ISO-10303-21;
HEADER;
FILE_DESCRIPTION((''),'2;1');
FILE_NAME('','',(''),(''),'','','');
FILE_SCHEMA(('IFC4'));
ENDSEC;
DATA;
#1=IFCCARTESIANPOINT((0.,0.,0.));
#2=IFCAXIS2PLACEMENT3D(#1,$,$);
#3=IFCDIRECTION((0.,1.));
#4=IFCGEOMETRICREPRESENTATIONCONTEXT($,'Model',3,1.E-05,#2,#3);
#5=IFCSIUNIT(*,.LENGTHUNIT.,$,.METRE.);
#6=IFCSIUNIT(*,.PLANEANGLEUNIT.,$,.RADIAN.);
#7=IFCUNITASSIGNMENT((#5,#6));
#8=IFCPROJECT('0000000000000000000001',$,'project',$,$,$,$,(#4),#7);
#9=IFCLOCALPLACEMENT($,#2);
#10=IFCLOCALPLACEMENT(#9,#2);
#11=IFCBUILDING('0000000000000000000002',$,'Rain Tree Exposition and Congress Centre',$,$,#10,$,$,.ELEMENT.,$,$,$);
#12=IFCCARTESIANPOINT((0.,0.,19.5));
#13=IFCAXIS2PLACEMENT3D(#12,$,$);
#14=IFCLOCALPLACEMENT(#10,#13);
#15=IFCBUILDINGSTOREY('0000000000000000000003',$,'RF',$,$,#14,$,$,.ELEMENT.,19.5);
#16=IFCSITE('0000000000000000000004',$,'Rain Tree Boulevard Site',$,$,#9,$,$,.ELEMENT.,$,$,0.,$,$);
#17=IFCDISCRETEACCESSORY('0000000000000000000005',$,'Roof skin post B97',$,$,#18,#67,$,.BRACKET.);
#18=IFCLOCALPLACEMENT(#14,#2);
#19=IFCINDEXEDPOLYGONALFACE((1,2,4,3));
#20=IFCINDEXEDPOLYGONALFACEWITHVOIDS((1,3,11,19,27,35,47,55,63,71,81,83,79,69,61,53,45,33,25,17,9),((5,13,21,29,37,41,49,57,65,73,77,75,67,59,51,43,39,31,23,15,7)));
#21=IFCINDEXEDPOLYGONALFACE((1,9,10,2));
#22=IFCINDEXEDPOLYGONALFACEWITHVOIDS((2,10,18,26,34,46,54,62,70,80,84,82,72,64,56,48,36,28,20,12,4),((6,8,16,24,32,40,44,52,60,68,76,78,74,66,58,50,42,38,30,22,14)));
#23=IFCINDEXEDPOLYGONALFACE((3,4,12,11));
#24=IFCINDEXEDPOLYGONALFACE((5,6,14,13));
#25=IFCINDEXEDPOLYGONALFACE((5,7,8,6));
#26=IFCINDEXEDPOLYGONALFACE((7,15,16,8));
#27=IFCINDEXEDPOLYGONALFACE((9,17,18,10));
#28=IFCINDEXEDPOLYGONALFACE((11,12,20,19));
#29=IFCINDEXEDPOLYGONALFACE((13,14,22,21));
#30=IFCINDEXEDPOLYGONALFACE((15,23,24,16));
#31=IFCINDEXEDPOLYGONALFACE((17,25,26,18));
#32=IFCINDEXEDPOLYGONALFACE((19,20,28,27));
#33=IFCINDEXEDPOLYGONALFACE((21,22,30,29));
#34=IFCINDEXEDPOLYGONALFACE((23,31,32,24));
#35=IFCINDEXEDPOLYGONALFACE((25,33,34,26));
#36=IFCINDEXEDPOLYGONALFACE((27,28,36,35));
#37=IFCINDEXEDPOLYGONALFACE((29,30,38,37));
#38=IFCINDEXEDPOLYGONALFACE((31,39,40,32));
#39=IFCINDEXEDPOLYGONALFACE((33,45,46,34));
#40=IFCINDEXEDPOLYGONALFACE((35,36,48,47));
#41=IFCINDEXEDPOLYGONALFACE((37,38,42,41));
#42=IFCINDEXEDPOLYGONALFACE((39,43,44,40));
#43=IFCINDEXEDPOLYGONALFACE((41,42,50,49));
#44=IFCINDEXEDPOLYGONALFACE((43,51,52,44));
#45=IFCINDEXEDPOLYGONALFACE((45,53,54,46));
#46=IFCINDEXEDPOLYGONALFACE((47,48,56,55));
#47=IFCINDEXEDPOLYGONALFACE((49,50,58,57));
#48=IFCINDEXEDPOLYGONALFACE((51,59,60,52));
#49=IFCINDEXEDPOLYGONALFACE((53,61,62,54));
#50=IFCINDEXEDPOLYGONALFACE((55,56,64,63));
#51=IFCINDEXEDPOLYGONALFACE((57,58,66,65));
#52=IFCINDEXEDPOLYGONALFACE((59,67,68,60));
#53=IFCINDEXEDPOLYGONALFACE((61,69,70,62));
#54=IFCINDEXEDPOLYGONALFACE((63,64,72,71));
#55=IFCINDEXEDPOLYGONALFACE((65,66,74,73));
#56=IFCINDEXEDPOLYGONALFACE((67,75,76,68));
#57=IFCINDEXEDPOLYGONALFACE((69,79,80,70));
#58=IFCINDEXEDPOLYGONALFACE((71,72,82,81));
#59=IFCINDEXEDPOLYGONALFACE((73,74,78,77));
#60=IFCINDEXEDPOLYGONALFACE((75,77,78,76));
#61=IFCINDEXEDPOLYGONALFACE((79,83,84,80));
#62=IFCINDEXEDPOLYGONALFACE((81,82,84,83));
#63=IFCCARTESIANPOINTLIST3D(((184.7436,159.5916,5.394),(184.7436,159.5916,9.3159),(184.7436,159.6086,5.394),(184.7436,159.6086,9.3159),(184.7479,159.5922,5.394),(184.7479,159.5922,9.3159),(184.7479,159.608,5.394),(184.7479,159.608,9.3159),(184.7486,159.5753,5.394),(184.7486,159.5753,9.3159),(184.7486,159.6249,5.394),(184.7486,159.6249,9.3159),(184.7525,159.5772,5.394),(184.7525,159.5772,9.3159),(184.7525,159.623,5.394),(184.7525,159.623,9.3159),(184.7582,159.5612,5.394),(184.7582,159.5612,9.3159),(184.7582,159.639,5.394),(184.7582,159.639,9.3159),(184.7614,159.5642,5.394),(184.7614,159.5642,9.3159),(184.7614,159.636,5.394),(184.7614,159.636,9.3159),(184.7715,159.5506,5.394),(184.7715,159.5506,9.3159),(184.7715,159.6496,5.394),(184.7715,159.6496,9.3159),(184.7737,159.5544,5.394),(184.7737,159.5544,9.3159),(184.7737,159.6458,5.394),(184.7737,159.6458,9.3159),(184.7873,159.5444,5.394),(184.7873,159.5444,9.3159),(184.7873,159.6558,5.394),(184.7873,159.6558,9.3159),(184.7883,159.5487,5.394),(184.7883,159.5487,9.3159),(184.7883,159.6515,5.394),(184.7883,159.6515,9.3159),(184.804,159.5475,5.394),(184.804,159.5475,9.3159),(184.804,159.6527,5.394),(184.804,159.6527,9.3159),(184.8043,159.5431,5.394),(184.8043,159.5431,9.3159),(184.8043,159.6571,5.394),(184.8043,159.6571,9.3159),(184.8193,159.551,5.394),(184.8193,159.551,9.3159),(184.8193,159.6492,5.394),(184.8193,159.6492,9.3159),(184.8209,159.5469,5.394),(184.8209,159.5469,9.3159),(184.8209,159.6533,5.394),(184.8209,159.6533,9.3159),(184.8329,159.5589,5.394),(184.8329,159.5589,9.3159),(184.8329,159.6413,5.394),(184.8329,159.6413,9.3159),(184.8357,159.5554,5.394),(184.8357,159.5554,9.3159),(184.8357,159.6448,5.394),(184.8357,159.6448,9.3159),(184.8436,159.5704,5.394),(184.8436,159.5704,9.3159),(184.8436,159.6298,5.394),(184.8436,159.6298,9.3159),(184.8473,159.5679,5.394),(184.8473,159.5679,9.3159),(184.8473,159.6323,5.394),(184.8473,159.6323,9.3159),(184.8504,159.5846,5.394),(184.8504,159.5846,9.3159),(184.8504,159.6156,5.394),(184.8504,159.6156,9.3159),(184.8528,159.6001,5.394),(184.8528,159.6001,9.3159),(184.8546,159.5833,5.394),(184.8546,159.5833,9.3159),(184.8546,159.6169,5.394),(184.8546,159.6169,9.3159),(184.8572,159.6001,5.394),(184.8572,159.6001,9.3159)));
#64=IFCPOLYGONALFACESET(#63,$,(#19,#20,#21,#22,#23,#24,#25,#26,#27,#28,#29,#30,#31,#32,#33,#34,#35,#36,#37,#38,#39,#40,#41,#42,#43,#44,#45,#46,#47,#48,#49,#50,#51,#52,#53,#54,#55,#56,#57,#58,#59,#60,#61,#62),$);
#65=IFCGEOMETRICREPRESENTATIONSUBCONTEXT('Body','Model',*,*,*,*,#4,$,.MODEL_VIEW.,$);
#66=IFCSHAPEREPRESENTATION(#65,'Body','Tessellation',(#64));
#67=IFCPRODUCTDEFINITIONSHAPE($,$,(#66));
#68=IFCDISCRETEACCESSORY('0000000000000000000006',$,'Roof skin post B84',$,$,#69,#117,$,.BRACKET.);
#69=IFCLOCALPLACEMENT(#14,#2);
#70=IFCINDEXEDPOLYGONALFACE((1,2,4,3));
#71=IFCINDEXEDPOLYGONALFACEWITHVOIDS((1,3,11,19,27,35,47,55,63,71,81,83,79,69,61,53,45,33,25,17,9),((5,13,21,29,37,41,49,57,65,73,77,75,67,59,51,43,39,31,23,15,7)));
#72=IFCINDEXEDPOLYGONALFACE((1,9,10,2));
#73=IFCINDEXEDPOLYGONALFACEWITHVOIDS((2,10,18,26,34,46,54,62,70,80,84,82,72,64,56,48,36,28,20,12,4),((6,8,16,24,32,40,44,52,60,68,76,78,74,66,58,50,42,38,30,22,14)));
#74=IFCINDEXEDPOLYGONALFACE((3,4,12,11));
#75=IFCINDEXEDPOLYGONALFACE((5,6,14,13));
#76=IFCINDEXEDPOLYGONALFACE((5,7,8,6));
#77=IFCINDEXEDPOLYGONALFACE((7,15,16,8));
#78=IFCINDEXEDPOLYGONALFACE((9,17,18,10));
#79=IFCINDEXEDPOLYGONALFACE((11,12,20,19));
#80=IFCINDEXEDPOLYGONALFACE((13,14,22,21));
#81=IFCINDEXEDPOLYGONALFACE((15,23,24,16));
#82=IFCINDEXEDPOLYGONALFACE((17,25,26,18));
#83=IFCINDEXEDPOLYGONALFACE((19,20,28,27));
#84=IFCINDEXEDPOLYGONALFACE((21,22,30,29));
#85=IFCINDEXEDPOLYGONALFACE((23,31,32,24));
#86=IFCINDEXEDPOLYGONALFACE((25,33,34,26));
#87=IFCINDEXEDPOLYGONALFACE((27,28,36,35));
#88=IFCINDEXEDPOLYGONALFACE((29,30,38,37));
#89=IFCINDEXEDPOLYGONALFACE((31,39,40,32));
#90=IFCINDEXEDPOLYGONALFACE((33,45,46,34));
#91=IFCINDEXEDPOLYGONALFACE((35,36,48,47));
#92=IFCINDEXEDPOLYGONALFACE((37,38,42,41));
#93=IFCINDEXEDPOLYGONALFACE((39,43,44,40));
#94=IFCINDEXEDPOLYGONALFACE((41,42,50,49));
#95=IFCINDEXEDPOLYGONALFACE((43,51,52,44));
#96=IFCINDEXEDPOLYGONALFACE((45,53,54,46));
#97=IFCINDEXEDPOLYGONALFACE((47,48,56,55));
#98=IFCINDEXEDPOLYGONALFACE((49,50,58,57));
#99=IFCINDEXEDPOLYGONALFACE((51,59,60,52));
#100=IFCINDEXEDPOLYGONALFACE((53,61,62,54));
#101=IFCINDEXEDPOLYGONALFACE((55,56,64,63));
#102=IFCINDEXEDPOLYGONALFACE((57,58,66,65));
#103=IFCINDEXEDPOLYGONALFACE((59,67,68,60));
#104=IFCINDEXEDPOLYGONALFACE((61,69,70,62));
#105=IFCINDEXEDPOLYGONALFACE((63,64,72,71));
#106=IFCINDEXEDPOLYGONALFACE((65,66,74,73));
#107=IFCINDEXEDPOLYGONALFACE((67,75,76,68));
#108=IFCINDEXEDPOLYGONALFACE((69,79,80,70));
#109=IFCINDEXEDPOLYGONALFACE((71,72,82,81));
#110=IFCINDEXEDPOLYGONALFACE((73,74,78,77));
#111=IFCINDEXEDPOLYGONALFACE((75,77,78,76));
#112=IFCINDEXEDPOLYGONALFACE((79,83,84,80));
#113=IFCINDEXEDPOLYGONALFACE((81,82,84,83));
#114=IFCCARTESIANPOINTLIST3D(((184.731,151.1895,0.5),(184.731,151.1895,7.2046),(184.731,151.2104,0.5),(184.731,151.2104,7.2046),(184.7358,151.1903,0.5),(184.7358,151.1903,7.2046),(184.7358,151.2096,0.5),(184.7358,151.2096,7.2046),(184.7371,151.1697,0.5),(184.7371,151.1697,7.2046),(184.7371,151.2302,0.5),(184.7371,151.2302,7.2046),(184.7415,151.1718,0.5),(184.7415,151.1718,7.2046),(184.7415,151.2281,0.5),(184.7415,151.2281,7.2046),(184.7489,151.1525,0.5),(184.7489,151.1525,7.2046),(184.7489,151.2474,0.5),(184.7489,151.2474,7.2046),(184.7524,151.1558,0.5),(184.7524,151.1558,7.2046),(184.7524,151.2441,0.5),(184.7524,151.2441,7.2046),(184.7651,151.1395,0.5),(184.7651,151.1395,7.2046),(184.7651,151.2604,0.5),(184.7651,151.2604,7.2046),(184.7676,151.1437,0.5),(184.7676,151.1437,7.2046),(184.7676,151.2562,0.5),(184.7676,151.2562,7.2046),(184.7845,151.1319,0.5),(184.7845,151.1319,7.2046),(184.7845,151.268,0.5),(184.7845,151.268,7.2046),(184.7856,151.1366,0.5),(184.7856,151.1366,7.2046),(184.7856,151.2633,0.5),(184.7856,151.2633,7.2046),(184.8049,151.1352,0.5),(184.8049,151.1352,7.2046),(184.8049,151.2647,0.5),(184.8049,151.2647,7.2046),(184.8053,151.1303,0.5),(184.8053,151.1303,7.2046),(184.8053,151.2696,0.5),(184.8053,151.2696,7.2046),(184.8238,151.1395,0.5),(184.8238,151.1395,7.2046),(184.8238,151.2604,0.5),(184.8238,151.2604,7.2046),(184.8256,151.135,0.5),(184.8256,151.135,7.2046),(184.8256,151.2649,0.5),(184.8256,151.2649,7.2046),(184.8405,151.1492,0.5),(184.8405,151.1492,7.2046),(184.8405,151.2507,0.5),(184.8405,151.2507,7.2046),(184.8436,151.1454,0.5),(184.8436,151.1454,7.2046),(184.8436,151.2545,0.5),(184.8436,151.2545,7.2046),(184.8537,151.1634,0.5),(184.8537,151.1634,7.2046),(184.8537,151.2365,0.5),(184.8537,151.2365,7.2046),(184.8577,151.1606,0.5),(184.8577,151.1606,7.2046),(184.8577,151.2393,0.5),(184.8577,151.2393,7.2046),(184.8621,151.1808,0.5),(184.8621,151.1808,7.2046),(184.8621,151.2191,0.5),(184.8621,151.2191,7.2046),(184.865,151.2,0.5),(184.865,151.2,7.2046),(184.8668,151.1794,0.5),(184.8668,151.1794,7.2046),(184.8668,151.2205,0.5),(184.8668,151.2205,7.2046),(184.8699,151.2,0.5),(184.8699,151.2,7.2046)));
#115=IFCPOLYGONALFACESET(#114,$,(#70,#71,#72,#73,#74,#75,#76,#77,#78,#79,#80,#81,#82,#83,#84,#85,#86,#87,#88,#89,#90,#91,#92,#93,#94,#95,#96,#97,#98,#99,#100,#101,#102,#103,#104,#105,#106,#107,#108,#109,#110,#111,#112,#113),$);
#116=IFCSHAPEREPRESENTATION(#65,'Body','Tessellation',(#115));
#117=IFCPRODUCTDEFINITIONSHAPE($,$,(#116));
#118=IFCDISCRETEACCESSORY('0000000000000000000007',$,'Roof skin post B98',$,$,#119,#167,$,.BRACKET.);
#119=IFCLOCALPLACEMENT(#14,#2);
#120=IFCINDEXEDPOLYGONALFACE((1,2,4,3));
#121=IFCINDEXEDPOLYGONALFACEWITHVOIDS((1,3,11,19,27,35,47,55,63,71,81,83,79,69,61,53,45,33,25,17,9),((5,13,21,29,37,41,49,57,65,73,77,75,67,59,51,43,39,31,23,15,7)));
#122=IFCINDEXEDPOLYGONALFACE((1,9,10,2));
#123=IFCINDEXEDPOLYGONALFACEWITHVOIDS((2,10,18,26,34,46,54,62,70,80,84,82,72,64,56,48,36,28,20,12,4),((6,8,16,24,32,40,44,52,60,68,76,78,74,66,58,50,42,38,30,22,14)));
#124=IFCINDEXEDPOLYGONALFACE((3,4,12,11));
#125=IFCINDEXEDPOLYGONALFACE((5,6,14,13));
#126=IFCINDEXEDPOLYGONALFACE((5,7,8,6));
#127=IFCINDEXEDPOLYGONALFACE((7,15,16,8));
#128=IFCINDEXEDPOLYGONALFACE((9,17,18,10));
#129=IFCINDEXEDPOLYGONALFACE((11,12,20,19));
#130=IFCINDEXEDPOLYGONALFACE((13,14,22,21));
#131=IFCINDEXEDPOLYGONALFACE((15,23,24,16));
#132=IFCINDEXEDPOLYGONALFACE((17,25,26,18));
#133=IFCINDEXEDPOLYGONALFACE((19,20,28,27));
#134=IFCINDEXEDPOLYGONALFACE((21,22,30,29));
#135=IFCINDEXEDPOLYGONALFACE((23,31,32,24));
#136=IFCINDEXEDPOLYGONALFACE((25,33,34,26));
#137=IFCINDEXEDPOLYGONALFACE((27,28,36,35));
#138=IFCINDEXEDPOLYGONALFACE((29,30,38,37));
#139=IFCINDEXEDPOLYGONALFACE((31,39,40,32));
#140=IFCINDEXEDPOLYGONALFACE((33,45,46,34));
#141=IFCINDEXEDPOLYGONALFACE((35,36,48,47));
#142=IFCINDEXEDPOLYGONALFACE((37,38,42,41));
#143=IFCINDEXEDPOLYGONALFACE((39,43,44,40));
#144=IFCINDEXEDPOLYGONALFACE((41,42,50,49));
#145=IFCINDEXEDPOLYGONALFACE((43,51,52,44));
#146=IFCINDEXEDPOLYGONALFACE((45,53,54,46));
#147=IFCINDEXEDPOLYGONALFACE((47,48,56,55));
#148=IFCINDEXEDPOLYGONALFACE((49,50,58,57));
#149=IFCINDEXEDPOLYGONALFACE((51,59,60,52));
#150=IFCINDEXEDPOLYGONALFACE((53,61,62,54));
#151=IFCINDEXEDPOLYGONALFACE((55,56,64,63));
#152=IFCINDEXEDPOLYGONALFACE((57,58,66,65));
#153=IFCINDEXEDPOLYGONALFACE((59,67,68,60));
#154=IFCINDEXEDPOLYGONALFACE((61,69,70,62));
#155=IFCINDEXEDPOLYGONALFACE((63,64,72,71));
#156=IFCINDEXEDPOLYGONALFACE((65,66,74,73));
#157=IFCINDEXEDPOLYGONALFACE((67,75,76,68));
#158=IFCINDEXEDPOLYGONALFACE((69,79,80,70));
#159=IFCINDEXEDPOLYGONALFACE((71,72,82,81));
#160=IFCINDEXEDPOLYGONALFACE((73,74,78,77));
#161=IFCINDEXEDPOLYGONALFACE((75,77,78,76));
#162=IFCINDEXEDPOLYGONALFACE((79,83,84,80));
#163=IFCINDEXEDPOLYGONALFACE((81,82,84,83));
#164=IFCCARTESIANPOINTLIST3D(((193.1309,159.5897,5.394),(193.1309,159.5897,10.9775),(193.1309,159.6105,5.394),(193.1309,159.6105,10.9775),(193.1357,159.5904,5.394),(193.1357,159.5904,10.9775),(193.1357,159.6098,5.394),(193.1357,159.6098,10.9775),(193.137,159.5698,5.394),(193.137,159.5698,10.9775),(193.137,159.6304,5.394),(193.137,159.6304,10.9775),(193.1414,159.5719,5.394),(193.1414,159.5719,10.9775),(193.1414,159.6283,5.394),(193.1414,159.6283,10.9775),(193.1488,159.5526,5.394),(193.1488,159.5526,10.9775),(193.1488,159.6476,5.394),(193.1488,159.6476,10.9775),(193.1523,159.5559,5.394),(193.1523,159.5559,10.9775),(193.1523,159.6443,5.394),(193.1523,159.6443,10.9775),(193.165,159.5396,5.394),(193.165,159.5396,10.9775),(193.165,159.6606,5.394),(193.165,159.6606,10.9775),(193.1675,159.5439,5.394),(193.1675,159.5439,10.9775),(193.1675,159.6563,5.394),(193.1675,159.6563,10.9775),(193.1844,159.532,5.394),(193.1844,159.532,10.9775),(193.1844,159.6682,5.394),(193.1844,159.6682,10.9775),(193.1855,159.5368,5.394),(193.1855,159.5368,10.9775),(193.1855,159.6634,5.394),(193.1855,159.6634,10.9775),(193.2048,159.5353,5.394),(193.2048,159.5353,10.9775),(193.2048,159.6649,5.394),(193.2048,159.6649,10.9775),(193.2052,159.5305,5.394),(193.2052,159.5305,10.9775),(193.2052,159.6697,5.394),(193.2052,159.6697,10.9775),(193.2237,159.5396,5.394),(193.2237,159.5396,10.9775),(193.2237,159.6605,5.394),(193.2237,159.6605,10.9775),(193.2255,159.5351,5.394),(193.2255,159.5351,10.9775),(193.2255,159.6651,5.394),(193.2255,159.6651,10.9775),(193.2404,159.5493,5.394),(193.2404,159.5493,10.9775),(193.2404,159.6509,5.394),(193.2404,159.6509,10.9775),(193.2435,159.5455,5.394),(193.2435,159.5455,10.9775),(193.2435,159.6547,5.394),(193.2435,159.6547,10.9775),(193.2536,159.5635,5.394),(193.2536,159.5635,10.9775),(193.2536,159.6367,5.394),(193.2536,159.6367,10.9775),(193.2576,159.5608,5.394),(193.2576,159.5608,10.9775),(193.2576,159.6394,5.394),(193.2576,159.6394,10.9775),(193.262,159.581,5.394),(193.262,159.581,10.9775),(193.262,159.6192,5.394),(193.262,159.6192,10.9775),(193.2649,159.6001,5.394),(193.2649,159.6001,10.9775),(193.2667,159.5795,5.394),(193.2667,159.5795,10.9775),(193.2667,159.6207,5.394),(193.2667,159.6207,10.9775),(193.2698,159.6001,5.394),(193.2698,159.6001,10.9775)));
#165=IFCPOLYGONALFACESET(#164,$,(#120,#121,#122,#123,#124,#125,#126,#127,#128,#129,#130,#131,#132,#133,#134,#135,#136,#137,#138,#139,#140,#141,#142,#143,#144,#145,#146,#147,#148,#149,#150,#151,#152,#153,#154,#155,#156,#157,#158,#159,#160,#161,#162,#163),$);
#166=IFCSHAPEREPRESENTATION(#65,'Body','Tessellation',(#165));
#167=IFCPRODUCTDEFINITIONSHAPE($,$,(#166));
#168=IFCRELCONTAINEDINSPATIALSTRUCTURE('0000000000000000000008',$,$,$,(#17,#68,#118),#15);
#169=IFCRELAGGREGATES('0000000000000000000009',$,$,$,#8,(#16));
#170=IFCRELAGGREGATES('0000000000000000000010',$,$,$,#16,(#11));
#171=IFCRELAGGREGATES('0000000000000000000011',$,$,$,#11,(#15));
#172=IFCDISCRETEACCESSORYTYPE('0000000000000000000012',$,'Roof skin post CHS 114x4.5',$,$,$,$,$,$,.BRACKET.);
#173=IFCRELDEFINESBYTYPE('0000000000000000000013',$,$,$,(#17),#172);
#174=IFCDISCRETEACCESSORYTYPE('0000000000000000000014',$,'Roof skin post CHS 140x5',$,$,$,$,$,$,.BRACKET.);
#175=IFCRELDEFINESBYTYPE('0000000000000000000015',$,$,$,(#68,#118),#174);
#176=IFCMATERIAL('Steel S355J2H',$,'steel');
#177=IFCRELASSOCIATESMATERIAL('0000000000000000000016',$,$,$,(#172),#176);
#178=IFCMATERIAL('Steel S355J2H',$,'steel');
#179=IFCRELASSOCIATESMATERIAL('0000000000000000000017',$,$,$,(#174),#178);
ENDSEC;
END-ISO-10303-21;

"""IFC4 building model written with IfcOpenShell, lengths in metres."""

from ifc_helpers import new_model, si_unit, direction, frame, origin, origin_2d, place, context, subcontext, project, spatial, hollow_circle, extrude, material, material_profile, profile_set, type_object, element, save


model = new_model("IFC4")

# Units and contexts
model_context = context("Model", 3, precision=1e-05, world=origin(), true_north=direction((0.0, 1.0)))
body_context = subcontext(model_context, "Body", "Model", "MODEL_VIEW")
ifc_project = project(units=[si_unit("LENGTHUNIT", "METRE"), si_unit("PLANEANGLEUNIT", "RADIAN")], contexts=[model_context])

# Site, building, storey
site_placement = place(None, origin())
site = spatial("IfcSite", under=ifc_project, at=site_placement, Name="Rain Tree Boulevard Site", CompositionType="ELEMENT", RefElevation=0.0)
building_placement = place(site_placement, origin())
building = spatial("IfcBuilding", under=site, at=building_placement, Name="Rain Tree Exposition and Congress Centre", CompositionType="ELEMENT")
storey_placement = place(building_placement, frame((0.0, 0.0, 19.5)))
storey = spatial("IfcBuildingStorey", under=building, at=storey_placement, Name="RF", CompositionType="ELEMENT", Elevation=19.5)

# Discrete accessories
ifc_material_1 = material(Name="Steel S355J2H", Category="steel")
ifc_material_profile_1 = material_profile(ifc_material_1, hollow_circle(Radius=0.0571, WallThickness=0.0044, at=origin_2d()), Name="CHS 114x4.5")
ifc_profile_set_1 = profile_set([ifc_material_profile_1], Name="Steel S355J2H")
discrete_accessory_type_1 = type_object("IfcDiscreteAccessoryType", Name="Roof skin post CHS 114x4.5", PredefinedType="BRACKET", material=ifc_profile_set_1)
discrete_accessory_1_placement = place(storey_placement, frame((184.8, 159.6001, 5.394), z_axis=(0.0, 0.0, 1.0), x_axis=(1.0, 0.0, 0.0)))
element("IfcDiscreteAccessory", 1, at=discrete_accessory_1_placement, inside=storey, type_object=discrete_accessory_type_1, Name="Roof skin post B97", PredefinedType="BRACKET", context=body_context, shape_type="SweptSolid", body=[
    extrude(hollow_circle(Radius=0.0571, WallThickness=0.0044, at=origin_2d()), origin(), (0.0, 0.0, 1.0), 3.9219),
])
ifc_material_2 = material(Name="Steel S355J2H", Category="steel")
ifc_material_profile_2 = material_profile(ifc_material_2, hollow_circle(Radius=0.0698, WallThickness=0.0049, at=origin_2d()), Name="CHS 140x5")
ifc_profile_set_2 = profile_set([ifc_material_profile_2], Name="Steel S355J2H")
discrete_accessory_type_2 = type_object("IfcDiscreteAccessoryType", Name="Roof skin post CHS 140x5", PredefinedType="BRACKET", material=ifc_profile_set_2)
discrete_accessory_2_placement = place(storey_placement, frame((184.8, 151.2, 0.5), z_axis=(0.0, 0.0, 1.0), x_axis=(1.0, 0.0, 0.0)))
element("IfcDiscreteAccessory", 2, at=discrete_accessory_2_placement, inside=storey, type_object=discrete_accessory_type_2, Name="Roof skin post B84", PredefinedType="BRACKET", context=body_context, shape_type="SweptSolid", body=[
    extrude(hollow_circle(Radius=0.0698, WallThickness=0.0049, at=origin_2d()), origin(), (0.0, 0.0, 1.0), 6.7046),
])
discrete_accessory_3_placement = place(storey_placement, frame((193.2, 159.6001, 5.394), z_axis=(0.0, 0.0, 1.0), x_axis=(1.0, 0.0, 0.0)))
element("IfcDiscreteAccessory", 3, at=discrete_accessory_3_placement, inside=storey, type_object=discrete_accessory_type_2, Name="Roof skin post B98", PredefinedType="BRACKET", context=body_context, shape_type="SweptSolid", body=[
    extrude(hollow_circle(Radius=0.0698, WallThickness=0.0049, at=origin_2d()), origin(), (0.0, 0.0, 1.0), 5.5835),
])

save(model, "model.ifc")
